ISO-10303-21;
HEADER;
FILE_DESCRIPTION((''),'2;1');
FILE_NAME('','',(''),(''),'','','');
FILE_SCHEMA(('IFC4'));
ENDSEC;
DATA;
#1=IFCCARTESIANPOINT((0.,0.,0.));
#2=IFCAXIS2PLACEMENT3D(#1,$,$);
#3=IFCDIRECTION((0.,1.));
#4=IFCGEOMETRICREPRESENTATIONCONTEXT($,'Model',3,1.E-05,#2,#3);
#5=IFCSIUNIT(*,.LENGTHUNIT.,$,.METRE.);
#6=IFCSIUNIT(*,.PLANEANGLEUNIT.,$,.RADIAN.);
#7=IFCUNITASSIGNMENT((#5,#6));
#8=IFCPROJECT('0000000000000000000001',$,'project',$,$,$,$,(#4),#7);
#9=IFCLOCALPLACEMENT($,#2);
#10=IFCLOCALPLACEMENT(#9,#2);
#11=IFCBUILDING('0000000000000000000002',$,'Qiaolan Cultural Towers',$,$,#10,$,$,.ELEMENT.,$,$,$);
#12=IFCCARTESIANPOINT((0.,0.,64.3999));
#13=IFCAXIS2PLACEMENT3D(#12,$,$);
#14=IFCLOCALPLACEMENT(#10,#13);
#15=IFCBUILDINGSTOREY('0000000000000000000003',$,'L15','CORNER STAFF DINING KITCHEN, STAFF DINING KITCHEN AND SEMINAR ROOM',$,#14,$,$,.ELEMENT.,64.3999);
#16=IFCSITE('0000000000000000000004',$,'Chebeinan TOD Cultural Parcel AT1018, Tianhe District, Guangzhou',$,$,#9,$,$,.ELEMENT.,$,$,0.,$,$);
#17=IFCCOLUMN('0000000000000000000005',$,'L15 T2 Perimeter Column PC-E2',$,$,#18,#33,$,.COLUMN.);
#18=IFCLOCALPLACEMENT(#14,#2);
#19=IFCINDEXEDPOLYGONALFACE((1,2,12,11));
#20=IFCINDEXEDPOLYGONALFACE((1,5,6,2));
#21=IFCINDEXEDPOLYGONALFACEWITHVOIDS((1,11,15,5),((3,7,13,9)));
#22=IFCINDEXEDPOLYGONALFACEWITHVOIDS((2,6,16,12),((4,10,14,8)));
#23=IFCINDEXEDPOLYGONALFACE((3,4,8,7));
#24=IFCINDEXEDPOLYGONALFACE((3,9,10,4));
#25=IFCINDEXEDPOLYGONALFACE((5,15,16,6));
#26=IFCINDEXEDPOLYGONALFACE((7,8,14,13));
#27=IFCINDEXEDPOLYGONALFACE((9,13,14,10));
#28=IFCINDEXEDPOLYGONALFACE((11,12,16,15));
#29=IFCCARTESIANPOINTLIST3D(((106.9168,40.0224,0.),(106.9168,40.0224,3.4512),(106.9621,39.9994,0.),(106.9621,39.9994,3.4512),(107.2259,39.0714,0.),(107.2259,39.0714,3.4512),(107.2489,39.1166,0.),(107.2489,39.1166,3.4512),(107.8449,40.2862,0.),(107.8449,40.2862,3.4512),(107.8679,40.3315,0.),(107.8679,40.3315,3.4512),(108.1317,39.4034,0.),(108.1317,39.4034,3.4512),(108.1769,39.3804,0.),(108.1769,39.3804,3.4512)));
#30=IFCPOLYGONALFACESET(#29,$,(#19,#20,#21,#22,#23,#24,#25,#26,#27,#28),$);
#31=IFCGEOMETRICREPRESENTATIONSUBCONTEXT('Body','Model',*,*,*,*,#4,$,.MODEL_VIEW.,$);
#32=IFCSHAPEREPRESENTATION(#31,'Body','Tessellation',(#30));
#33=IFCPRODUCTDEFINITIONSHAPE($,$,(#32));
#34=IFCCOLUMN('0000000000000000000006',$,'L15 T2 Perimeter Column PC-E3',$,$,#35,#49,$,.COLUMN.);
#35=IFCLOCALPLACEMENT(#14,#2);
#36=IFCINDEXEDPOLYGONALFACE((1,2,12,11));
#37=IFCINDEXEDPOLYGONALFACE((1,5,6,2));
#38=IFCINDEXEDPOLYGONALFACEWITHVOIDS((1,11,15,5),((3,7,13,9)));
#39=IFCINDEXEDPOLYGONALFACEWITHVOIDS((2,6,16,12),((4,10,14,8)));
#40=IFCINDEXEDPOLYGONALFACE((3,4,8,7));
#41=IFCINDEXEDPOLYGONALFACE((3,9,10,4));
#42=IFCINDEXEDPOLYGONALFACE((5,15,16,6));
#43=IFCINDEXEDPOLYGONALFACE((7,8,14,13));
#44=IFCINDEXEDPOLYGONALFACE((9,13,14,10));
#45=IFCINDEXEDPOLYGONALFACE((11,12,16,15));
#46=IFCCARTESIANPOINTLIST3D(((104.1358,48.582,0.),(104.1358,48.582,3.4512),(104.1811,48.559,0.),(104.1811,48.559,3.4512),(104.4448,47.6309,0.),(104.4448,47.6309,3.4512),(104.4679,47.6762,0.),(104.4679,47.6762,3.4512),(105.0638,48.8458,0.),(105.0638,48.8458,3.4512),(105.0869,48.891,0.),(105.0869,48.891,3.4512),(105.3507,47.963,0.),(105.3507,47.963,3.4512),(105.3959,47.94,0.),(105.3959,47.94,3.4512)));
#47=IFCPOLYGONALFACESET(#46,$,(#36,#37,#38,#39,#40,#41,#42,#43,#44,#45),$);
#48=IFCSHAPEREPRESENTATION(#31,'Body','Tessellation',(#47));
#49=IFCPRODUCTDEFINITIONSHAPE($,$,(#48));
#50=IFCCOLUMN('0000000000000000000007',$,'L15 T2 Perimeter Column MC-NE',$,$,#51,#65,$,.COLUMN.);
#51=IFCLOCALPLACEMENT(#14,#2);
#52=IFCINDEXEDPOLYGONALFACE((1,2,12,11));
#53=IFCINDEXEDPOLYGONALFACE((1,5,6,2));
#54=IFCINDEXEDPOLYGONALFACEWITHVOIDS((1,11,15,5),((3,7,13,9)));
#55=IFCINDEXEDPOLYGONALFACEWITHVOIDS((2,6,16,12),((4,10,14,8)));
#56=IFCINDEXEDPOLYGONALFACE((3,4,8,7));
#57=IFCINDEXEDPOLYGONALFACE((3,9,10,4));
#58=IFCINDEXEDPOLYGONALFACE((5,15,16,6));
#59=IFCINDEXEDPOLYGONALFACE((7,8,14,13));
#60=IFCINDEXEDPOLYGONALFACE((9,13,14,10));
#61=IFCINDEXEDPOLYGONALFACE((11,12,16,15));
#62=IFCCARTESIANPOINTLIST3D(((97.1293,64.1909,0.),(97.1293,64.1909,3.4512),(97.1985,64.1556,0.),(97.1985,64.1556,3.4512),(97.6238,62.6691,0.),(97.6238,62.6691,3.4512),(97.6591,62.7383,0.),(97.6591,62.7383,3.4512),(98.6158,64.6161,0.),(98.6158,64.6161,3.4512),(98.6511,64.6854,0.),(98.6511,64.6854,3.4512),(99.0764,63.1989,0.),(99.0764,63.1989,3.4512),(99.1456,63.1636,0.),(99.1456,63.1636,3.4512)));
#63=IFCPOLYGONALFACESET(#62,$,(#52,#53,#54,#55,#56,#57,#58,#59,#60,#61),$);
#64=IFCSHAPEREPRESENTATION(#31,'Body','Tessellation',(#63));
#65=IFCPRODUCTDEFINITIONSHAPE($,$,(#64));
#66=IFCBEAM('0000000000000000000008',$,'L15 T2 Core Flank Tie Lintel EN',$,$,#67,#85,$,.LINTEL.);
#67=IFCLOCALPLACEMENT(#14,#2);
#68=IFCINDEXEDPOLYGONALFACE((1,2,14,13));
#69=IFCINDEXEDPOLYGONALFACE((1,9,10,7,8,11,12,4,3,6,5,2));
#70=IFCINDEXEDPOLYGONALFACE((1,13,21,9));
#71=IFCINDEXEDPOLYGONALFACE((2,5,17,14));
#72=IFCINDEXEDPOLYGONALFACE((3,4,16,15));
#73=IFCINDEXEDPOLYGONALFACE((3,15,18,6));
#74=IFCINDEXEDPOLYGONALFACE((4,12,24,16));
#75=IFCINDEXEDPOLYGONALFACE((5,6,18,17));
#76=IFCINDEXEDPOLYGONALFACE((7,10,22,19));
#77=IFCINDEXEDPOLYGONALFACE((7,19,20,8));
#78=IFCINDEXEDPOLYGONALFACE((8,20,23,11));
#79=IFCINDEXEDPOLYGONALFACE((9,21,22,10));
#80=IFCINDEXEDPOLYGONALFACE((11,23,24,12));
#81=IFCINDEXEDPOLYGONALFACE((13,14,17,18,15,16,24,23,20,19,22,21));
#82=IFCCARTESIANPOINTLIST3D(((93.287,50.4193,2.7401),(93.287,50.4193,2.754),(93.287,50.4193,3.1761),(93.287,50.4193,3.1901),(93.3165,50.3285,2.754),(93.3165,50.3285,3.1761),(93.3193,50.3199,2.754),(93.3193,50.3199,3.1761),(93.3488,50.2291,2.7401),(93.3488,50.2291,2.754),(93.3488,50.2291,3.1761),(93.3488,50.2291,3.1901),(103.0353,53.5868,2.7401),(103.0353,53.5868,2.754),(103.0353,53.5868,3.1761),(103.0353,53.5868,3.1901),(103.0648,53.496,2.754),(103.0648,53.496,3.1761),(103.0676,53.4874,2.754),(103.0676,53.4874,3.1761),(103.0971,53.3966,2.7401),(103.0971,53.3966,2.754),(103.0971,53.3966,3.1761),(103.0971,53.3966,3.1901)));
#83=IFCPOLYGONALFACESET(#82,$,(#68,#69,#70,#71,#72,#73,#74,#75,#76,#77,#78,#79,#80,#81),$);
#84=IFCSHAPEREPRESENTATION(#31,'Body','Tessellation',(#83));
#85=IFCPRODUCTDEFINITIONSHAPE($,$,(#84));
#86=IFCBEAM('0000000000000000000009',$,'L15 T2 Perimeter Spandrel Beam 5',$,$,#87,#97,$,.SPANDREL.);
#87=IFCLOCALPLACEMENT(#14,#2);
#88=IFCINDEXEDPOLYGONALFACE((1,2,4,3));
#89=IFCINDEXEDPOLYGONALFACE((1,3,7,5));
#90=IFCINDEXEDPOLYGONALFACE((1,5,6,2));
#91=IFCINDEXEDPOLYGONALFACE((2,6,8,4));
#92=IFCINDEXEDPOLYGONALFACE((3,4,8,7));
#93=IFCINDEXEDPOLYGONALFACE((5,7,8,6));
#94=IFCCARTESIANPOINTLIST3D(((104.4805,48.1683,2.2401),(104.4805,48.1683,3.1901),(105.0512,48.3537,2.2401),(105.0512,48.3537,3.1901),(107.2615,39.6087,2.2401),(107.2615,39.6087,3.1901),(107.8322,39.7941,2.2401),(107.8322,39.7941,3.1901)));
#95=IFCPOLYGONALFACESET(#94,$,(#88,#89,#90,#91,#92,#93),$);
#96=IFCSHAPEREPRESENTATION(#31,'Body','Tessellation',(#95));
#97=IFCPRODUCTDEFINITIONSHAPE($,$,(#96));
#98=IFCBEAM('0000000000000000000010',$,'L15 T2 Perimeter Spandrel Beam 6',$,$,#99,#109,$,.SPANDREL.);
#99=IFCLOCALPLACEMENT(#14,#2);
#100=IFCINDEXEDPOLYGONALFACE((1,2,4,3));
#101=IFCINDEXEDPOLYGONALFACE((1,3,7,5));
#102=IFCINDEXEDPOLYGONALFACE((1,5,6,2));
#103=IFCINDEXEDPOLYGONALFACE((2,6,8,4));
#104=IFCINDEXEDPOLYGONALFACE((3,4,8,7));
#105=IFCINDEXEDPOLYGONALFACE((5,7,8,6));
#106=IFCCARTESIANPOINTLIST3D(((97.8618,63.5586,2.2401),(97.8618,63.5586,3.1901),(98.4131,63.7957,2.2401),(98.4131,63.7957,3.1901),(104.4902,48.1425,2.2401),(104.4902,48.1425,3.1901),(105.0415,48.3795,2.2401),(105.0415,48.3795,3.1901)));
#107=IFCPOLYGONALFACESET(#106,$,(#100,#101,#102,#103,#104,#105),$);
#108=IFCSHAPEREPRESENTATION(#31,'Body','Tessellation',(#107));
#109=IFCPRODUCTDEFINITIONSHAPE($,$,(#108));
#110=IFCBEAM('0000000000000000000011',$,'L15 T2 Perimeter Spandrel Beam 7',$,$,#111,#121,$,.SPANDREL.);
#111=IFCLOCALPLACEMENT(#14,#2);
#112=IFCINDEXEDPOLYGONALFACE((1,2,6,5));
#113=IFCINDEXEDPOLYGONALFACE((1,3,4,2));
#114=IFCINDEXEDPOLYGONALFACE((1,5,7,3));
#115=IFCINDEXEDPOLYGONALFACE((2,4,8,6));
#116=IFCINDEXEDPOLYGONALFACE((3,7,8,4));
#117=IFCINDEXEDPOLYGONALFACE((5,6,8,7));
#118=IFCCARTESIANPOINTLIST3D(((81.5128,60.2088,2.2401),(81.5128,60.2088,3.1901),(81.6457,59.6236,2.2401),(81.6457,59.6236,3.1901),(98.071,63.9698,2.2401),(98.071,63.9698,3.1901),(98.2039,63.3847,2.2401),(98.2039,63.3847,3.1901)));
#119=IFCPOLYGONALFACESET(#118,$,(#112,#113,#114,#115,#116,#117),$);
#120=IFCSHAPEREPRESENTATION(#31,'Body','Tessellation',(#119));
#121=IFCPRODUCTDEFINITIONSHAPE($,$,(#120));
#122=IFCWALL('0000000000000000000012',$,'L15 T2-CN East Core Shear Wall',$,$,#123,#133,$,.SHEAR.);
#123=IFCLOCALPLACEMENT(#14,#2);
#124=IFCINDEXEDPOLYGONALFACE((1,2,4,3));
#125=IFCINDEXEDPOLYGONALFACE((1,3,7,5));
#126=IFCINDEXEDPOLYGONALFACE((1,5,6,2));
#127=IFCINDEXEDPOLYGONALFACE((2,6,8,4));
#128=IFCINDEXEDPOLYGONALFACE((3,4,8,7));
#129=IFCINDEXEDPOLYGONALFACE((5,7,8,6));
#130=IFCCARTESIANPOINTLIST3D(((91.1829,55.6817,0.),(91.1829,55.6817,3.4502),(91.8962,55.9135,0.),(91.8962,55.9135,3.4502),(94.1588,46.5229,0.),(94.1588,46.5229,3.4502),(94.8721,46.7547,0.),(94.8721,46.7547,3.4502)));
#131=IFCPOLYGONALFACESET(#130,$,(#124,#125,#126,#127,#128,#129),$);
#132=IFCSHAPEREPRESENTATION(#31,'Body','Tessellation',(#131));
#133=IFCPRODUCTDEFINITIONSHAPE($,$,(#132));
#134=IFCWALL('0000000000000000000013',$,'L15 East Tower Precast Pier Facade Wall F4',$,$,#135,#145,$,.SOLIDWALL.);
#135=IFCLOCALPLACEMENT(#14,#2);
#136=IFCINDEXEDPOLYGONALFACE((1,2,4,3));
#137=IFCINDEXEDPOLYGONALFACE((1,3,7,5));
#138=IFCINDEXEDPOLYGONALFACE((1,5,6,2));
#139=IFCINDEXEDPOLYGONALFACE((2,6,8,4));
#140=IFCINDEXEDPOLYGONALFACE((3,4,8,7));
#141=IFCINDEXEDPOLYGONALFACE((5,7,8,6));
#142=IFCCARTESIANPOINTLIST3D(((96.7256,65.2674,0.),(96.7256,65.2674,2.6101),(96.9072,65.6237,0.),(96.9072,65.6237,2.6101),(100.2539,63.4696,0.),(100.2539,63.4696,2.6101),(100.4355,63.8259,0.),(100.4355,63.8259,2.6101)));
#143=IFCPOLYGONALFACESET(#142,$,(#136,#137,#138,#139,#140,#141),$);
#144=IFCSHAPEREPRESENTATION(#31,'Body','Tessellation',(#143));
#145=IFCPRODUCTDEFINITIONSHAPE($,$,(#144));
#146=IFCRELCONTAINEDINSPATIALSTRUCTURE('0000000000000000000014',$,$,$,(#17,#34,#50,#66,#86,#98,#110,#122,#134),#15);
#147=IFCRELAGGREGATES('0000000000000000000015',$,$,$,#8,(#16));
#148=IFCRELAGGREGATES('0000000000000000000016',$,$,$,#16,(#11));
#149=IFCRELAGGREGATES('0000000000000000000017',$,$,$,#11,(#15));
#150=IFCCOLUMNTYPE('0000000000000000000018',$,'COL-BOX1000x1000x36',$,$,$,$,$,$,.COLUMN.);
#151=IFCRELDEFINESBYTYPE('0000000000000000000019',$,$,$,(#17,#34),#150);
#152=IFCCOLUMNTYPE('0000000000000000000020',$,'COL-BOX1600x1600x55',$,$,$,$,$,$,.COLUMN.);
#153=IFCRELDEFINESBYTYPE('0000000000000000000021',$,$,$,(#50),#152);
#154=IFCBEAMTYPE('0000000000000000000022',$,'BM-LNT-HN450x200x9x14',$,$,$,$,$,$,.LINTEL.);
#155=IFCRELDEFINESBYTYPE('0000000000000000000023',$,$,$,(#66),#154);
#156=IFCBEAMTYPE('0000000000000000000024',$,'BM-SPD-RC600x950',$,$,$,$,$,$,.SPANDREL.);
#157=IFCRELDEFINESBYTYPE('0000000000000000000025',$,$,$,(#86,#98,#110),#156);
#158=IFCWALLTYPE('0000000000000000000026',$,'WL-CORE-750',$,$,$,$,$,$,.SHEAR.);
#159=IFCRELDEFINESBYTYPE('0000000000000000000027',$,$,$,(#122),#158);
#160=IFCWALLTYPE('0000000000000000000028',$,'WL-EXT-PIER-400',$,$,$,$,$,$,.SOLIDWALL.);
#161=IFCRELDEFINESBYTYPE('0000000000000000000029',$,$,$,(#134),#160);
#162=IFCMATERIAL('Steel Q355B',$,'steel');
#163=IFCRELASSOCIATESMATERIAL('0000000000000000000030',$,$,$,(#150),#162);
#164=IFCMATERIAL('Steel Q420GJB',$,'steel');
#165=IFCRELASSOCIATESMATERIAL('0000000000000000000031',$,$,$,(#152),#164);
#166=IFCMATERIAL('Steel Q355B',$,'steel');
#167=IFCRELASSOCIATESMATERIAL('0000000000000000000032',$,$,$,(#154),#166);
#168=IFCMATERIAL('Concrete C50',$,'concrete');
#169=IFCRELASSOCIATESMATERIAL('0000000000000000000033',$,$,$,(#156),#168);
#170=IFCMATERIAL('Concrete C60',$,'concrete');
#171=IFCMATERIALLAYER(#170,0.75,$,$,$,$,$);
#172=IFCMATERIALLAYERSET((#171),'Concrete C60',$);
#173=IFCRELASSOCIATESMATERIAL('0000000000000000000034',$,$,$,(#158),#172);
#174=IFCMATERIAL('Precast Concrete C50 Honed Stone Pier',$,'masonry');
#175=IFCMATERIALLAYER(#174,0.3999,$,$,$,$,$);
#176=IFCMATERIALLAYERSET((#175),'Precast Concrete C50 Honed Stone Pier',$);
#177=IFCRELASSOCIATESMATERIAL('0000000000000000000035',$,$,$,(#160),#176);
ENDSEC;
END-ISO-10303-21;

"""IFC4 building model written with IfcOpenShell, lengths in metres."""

from ifc_helpers import new_model, si_unit, direction, frame, frame_2d, origin, origin_2d, place, context, subcontext, project, spatial, rectangle, hollow_rectangle, i_section, extrude, material, layer, layer_set, material_profile, profile_set, type_object, element, save


model = new_model("IFC4")

# Units and contexts
model_context = context("Model", 3, precision=1e-05, world=origin(), true_north=direction((0.0, 1.0)))
body_context = subcontext(model_context, "Body", "Model", "MODEL_VIEW")
ifc_project = project(units=[si_unit("LENGTHUNIT", "METRE"), si_unit("PLANEANGLEUNIT", "RADIAN")], contexts=[model_context])

# Site, building, storey
site_placement = place(None, origin())
site = spatial("IfcSite", under=ifc_project, at=site_placement, Name="Chebeinan TOD Cultural Parcel AT1018, Tianhe District, Guangzhou", CompositionType="ELEMENT", RefElevation=0.0)
building_placement = place(site_placement, origin())
building = spatial("IfcBuilding", under=site, at=building_placement, Name="Qiaolan Cultural Towers", CompositionType="ELEMENT")
storey_placement = place(building_placement, frame((0.0, 0.0, 64.3999)))
storey = spatial("IfcBuildingStorey", under=building, at=storey_placement, Name="L15", Description="CORNER STAFF DINING KITCHEN, STAFF DINING KITCHEN AND SEMINAR ROOM", CompositionType="ELEMENT", Elevation=64.3999)

# Columns
ifc_material_1 = material(Name="Steel Q355B", Category="steel")
ifc_material_profile_1 = material_profile(ifc_material_1, hollow_rectangle(XDim=1.0, YDim=1.0, WallThickness=0.0359, at=origin_2d()), Name="BOX1000x1000x36")
ifc_profile_set_1 = profile_set([ifc_material_profile_1], Name="Steel Q355B")
column_type_1 = type_object("IfcColumnType", Name="COL-BOX1000x1000x36", PredefinedType="COLUMN", material=ifc_profile_set_1)
for number, where, z_axis, x_axis, name in (
    (1, (107.5469, 39.7014, 0.0), (0.0, 0.0, 1.0), (0.951057, 0.309017, 0.0), "L15 T2 Perimeter Column PC-E2"),
    (2, (104.7659, 48.261, 0.0), (0.0, 0.0, 1.0), (0.951057, 0.309017, 0.0), "L15 T2 Perimeter Column PC-E3"),
):
    element("IfcColumn", number, at=place(storey_placement, frame(where, z_axis=z_axis, x_axis=x_axis)), inside=storey, type_object=column_type_1, Name=name, PredefinedType="COLUMN", context=body_context, shape_type="SweptSolid", body=[
        extrude(hollow_rectangle(XDim=1.0, YDim=1.0, WallThickness=0.0359, at=origin_2d()), origin(), (0.0, 0.0, 1.0), 3.4512),
    ])
ifc_material_2 = material(Name="Steel Q420GJB", Category="steel")
ifc_material_profile_2 = material_profile(ifc_material_2, hollow_rectangle(XDim=1.6001, YDim=1.6001, WallThickness=0.0549, at=origin_2d()), Name="BOX1600x1600x55")
ifc_profile_set_2 = profile_set([ifc_material_profile_2], Name="Steel Q420GJB")
column_type_2 = type_object("IfcColumnType", Name="COL-BOX1600x1600x55", PredefinedType="COLUMN", material=ifc_profile_set_2)
column_placement = place(storey_placement, frame((98.1375, 63.6772, 0.0), z_axis=(0.0, 0.0, 1.0), x_axis=(0.951057, 0.309017, 0.0)))
element("IfcColumn", 3, at=column_placement, inside=storey, type_object=column_type_2, Name="L15 T2 Perimeter Column MC-NE", PredefinedType="COLUMN", context=body_context, shape_type="SweptSolid", body=[
    extrude(hollow_rectangle(XDim=1.6001, YDim=1.6001, WallThickness=0.0549, at=origin_2d()), origin(), (0.0, 0.0, 1.0), 3.4512),
])

# Beams
ifc_material_3 = material(Name="Steel Q355B", Category="steel")
ifc_material_profile_3 = material_profile(ifc_material_3, i_section(OverallWidth=0.2, OverallDepth=0.45, WebThickness=0.009, FlangeThickness=0.0139, at=origin_2d()), Name="HN450x200x9x14")
ifc_profile_set_3 = profile_set([ifc_material_profile_3], Name="Steel Q355B")
beam_type_1 = type_object("IfcBeamType", Name="BM-LNT-HN450x200x9x14", PredefinedType="LINTEL", material=ifc_profile_set_3)
beam_1_placement = place(storey_placement, frame((93.3179, 50.3242, 2.9651), z_axis=(0.951055, 0.309023, 0.0), x_axis=(-0.309023, 0.951055, 0.0)))
element("IfcBeam", 4, at=beam_1_placement, inside=storey, type_object=beam_type_1, Name="L15 T2 Core Flank Tie Lintel EN", PredefinedType="LINTEL", context=body_context, shape_type="SweptSolid", body=[
    extrude(i_section(OverallWidth=0.2, OverallDepth=0.45, WebThickness=0.009, FlangeThickness=0.0139, at=origin_2d()), origin(), (0.0, 0.0, 1.0), 10.25),
])
ifc_material_4 = material(Name="Concrete C50", Category="concrete")
ifc_material_profile_4 = material_profile(ifc_material_4, rectangle(XDim=0.6001, YDim=0.95, at=origin_2d()), Name="RC600x950")
ifc_profile_set_4 = profile_set([ifc_material_profile_4], Name="Concrete C50")
beam_type_2 = type_object("IfcBeamType", Name="BM-SPD-RC600x950", PredefinedType="SPANDREL", material=ifc_profile_set_4)
beam_2_placement = place(storey_placement, frame((107.5469, 39.7014, 2.7151), z_axis=(-0.309, 0.951062, 0.0), x_axis=(-0.951062, -0.309, 0.0)))
element("IfcBeam", 5, at=beam_2_placement, inside=storey, type_object=beam_type_2, Name="L15 T2 Perimeter Spandrel Beam 5", PredefinedType="SPANDREL", context=body_context, shape_type="SweptSolid", body=[
    extrude(rectangle(XDim=0.6001, YDim=0.95, at=origin_2d()), origin(), (0.0, 0.0, 1.0), 9.0),
])
beam_3_placement = place(storey_placement, frame((104.7659, 48.261, 2.7151), z_axis=(-0.394999, 0.918682, 0.0), x_axis=(-0.918682, -0.394999, 0.0)))
element("IfcBeam", 6, at=beam_3_placement, inside=storey, type_object=beam_type_2, Name="L15 T2 Perimeter Spandrel Beam 6", PredefinedType="SPANDREL", context=body_context, shape_type="SweptSolid", body=[
    extrude(rectangle(XDim=0.6001, YDim=0.95, at=origin_2d()), origin(), (0.0, 0.0, 1.0), 16.7808),
])
beam_4_placement = place(storey_placement, frame((98.1375, 63.6772, 2.7151), z_axis=(-0.975161, -0.221497, 0.0), x_axis=(0.221497, -0.975161, 0.0)))
element("IfcBeam", 7, at=beam_4_placement, inside=storey, type_object=beam_type_2, Name="L15 T2 Perimeter Spandrel Beam 7", PredefinedType="SPANDREL", context=body_context, shape_type="SweptSolid", body=[
    extrude(rectangle(XDim=0.6001, YDim=0.95, at=origin_2d()), origin(), (0.0, 0.0, 1.0), 16.98),
])

# Walls
ifc_material_5 = material(Name="Concrete C60", Category="concrete")
ifc_layer_1 = layer(ifc_material_5, 0.75)
ifc_layer_set_1 = layer_set([ifc_layer_1], Name="Concrete C60")
wall_type_1 = type_object("IfcWallType", Name="WL-CORE-750", PredefinedType="SHEAR", material=ifc_layer_set_1)
wall_1_placement = place(storey_placement, frame((94.5154, 46.6389, 0.0), z_axis=(0.0, 0.0, 1.0), x_axis=(-0.309016, 0.951057, 0.0)))
element("IfcWall", 8, at=wall_1_placement, inside=storey, type_object=wall_type_1, Name="L15 T2-CN East Core Shear Wall", PredefinedType="SHEAR", context=body_context, shape_type="SweptSolid", body=[
    extrude(rectangle(XDim=9.6301, YDim=0.75, at=frame_2d((4.8149, 0.0))), origin(), (0.0, 0.0, 1.0), 3.4502),
])
ifc_material_6 = material(Name="Precast Concrete C50 Honed Stone Pier", Category="masonry")
ifc_layer_2 = layer(ifc_material_6, 0.3999)
ifc_layer_set_2 = layer_set([ifc_layer_2], Name="Precast Concrete C50 Honed Stone Pier")
wall_type_2 = type_object("IfcWallType", Name="WL-EXT-PIER-400", PredefinedType="SOLIDWALL", material=ifc_layer_set_2)
wall_2_placement = place(storey_placement, frame((96.8164, 65.4456, 0.0), z_axis=(0.0, 0.0, 1.0), x_axis=(0.890998, -0.454007, 0.0)))
element("IfcWall", 9, at=wall_2_placement, inside=storey, type_object=wall_type_2, Name="L15 East Tower Precast Pier Facade Wall F4", PredefinedType="SOLIDWALL", context=body_context, shape_type="SweptSolid", body=[
    extrude(rectangle(XDim=3.96, YDim=0.3999, at=frame_2d((1.98, 0.0))), origin(), (0.0, 0.0, 1.0), 2.6101),
])

save(model, "model.ifc")
